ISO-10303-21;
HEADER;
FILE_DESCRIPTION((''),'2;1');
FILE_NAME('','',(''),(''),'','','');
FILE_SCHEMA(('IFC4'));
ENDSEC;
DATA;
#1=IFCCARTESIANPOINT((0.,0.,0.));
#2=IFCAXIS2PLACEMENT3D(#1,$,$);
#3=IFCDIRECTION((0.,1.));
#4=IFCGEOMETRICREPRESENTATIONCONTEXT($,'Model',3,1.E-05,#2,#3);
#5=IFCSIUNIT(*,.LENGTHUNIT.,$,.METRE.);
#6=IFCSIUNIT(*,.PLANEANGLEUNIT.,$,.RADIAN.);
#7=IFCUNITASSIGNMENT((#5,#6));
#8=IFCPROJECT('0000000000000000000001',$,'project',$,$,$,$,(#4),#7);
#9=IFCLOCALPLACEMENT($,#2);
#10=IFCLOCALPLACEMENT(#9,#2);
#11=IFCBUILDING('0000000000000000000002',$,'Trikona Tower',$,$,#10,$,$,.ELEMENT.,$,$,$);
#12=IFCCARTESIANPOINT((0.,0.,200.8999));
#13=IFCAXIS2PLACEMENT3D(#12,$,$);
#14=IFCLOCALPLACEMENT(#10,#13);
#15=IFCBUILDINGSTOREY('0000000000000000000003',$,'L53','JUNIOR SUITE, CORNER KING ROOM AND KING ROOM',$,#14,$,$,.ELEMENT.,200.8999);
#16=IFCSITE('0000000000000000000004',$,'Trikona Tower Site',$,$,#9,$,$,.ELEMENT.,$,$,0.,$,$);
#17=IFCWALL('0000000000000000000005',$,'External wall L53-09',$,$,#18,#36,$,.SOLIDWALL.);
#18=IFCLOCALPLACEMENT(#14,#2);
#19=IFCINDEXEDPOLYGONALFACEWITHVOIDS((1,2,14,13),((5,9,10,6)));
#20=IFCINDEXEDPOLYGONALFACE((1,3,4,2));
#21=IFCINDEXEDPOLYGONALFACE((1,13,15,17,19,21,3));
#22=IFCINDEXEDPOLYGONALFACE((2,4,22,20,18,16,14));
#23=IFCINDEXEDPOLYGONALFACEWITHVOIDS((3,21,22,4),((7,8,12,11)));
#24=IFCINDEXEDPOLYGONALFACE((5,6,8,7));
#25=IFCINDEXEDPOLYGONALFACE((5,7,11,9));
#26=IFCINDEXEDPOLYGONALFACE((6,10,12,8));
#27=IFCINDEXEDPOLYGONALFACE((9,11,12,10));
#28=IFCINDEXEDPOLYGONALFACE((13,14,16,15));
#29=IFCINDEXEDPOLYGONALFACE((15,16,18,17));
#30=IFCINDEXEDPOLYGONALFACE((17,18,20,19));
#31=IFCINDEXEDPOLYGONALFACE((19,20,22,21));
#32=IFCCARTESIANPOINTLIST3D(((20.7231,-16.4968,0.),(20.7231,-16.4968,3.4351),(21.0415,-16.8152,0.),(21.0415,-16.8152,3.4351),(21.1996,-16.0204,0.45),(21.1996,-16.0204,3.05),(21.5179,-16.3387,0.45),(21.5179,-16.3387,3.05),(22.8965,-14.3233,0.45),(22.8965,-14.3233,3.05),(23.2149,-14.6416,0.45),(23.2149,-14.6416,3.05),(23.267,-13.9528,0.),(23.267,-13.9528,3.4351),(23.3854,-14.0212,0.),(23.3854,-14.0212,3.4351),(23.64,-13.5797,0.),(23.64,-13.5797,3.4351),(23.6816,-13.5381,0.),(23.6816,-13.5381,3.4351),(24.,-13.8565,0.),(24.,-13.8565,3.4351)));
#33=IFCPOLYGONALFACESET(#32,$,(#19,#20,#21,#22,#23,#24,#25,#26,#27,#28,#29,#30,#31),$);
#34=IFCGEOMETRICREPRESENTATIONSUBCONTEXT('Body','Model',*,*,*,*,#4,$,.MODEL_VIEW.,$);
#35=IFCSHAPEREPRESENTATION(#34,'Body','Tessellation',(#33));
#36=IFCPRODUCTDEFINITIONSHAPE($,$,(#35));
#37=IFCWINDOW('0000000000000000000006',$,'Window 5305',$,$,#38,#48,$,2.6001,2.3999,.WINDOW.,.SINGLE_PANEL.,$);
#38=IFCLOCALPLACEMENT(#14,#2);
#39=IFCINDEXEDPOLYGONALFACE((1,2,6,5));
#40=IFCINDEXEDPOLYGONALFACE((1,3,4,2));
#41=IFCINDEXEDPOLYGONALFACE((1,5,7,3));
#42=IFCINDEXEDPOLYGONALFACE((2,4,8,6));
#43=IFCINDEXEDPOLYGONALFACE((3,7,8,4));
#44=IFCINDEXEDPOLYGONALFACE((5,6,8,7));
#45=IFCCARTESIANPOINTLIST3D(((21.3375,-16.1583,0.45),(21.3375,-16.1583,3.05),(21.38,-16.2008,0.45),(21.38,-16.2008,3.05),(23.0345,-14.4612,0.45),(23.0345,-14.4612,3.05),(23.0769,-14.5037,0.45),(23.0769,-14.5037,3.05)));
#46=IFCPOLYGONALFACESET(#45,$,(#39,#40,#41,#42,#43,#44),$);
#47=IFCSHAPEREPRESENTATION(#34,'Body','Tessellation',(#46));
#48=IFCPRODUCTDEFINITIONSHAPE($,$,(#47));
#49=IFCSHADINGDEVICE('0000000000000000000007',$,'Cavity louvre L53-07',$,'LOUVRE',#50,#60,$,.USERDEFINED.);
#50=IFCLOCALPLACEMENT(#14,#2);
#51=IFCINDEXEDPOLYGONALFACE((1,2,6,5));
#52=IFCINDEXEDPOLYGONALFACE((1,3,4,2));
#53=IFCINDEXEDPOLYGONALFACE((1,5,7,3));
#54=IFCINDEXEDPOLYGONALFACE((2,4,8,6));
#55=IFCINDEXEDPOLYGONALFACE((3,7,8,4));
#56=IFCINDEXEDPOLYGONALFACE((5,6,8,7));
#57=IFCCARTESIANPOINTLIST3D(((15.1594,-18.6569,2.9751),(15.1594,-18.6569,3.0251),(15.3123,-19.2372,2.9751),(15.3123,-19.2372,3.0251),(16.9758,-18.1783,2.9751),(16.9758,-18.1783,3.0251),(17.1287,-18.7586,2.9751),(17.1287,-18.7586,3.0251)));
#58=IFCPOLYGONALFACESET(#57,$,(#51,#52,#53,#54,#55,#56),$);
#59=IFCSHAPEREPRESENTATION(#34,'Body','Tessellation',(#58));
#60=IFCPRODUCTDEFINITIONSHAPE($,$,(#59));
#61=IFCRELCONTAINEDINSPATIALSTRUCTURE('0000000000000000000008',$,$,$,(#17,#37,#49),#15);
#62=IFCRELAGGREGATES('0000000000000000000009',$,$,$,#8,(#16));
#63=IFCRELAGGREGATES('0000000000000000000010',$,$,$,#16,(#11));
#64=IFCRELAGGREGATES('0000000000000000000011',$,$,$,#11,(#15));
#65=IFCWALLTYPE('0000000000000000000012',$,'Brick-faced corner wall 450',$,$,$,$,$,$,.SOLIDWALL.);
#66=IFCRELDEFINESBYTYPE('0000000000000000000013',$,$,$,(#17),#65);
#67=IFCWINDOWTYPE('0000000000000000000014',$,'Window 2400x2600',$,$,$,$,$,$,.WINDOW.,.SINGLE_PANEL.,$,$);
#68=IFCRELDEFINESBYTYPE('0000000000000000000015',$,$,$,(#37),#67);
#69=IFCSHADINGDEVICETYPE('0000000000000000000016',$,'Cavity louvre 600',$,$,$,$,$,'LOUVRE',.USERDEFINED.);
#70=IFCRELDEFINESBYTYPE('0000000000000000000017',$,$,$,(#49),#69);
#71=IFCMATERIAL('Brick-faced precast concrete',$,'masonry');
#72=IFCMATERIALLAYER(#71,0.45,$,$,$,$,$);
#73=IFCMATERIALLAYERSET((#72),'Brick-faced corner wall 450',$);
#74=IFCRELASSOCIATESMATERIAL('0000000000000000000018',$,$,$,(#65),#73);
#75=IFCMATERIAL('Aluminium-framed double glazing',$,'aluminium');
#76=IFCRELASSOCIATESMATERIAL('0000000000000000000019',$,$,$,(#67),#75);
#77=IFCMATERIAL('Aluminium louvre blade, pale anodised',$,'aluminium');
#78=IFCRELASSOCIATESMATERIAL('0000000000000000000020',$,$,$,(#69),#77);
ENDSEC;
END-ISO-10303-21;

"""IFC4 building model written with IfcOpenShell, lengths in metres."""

from ifc_helpers import new_model, si_unit, direction, frame, frame_2d, origin, origin_2d, place, context, subcontext, project, spatial, polyline, rectangle, outline, extrude, material, layer, layer_set, type_object, element, fill, save


model = new_model("IFC4")

# Units and contexts
model_context = context("Model", 3, precision=1e-05, world=origin(), true_north=direction((0.0, 1.0)))
body_context = subcontext(model_context, "Body", "Model", "MODEL_VIEW")
ifc_project = project(units=[si_unit("LENGTHUNIT", "METRE"), si_unit("PLANEANGLEUNIT", "RADIAN")], contexts=[model_context])

# Site, building, storey
site_placement = place(None, origin())
site = spatial("IfcSite", under=ifc_project, at=site_placement, Name="Trikona Tower Site", CompositionType="ELEMENT", RefElevation=0.0)
building_placement = place(site_placement, origin())
building = spatial("IfcBuilding", under=site, at=building_placement, Name="Trikona Tower", CompositionType="ELEMENT")
storey_placement = place(building_placement, frame((0.0, 0.0, 200.8999)))
storey = spatial("IfcBuildingStorey", under=building, at=storey_placement, Name="L53", Description="JUNIOR SUITE, CORNER KING ROOM AND KING ROOM", CompositionType="ELEMENT", Elevation=200.8999)

# Wall, opening, window
ifc_material_1 = material(Name="Brick-faced precast concrete", Category="masonry")
ifc_layer_1 = layer(ifc_material_1, 0.45)
ifc_layer_set_1 = layer_set([ifc_layer_1], Name="Brick-faced corner wall 450")
wall_type = type_object("IfcWallType", Name="Brick-faced corner wall 450", PredefinedType="SOLIDWALL", material=ifc_layer_set_1)
wall_1_placement = place(storey_placement, frame((20.8823, -16.656, 0.0), z_axis=(0.0, 0.0, 1.0), x_axis=(0.707078, 0.707136, 0.0)))
wall_1 = element("IfcWall", 1, at=wall_1_placement, inside=storey, type_object=wall_type, Name="External wall L53-09", PredefinedType="SOLIDWALL", context=body_context, shape_type="SweptSolid", body=[
    extrude(outline(polyline([(4.1841, 0.2251), (4.1252, 0.2251), (3.6331, 0.093), (3.5977, 0.2251), (0.0, 0.2251), (0.0, -0.2251), (4.1841, -0.2251), (4.1841, 0.2251)])), origin(), (0.0, 0.0, 1.0), 3.4351),
])
opening_1_placement = place(wall_1_placement, frame((0.6738, 0.0, 0.45)))
opening_1 = element("IfcOpeningElement", 2, at=opening_1_placement, cuts=wall_1, PredefinedType="OPENING", context=body_context, shape_type="SweptSolid", body=[
    extrude(rectangle(XDim=2.3999, YDim=2.6001, at=frame_2d((1.2, 1.3))), frame((0.0, 0.2349, 0.0), z_axis=(0.0, -1.0, 0.0), x_axis=(1.0, 0.0, 0.0)), (0.0, 0.0, 1.0), 0.47),
])
ifc_material_2 = material(Name="Aluminium-framed double glazing", Category="aluminium")
window_type_1 = type_object("IfcWindowType", Name="Window 2400x2600", PartitioningType="SINGLE_PANEL", PredefinedType="WINDOW", material=ifc_material_2)
window_1_placement = place(opening_1_placement, origin())
window_1 = element("IfcWindow", 3, at=window_1_placement, inside=storey, type_object=window_type_1, Name="Window 5305", OverallHeight=2.6001, OverallWidth=2.3999, PartitioningType="SINGLE_PANEL", PredefinedType="WINDOW", context=body_context, shape_type="SweptSolid", body=[
    extrude(rectangle(XDim=2.3999, YDim=2.6001, at=frame_2d((1.2, 1.3))), frame((0.0, 0.03, 0.0), z_axis=(0.0, -1.0, 0.0), x_axis=(1.0, 0.0, 0.0)), (0.0, 0.0, 1.0), 0.0601),
])
fill(opening_1, window_1)

# Shading device
ifc_material_3 = material(Name="Aluminium louvre blade, pale anodised", Category="aluminium")
shading_device_type = type_object("IfcShadingDeviceType", Name="Cavity louvre 600", ElementType="LOUVRE", PredefinedType="USERDEFINED", material=ifc_material_3)
shading_device_placement = place(storey_placement, frame((16.144, -18.7078, 2.9751), z_axis=(0.0, 0.0, 1.0), x_axis=(0.966993, 0.254803, 0.0)))
element("IfcShadingDevice", 4, at=shading_device_placement, inside=storey, type_object=shading_device_type, Name="Cavity louvre L53-07", ObjectType="LOUVRE", PredefinedType="USERDEFINED", context=body_context, shape_type="SweptSolid", body=[
    extrude(rectangle(XDim=1.8784, YDim=0.6001, at=origin_2d()), origin(), (0.0, 0.0, 1.0), 0.05),
])

save(model, "model.ifc")
